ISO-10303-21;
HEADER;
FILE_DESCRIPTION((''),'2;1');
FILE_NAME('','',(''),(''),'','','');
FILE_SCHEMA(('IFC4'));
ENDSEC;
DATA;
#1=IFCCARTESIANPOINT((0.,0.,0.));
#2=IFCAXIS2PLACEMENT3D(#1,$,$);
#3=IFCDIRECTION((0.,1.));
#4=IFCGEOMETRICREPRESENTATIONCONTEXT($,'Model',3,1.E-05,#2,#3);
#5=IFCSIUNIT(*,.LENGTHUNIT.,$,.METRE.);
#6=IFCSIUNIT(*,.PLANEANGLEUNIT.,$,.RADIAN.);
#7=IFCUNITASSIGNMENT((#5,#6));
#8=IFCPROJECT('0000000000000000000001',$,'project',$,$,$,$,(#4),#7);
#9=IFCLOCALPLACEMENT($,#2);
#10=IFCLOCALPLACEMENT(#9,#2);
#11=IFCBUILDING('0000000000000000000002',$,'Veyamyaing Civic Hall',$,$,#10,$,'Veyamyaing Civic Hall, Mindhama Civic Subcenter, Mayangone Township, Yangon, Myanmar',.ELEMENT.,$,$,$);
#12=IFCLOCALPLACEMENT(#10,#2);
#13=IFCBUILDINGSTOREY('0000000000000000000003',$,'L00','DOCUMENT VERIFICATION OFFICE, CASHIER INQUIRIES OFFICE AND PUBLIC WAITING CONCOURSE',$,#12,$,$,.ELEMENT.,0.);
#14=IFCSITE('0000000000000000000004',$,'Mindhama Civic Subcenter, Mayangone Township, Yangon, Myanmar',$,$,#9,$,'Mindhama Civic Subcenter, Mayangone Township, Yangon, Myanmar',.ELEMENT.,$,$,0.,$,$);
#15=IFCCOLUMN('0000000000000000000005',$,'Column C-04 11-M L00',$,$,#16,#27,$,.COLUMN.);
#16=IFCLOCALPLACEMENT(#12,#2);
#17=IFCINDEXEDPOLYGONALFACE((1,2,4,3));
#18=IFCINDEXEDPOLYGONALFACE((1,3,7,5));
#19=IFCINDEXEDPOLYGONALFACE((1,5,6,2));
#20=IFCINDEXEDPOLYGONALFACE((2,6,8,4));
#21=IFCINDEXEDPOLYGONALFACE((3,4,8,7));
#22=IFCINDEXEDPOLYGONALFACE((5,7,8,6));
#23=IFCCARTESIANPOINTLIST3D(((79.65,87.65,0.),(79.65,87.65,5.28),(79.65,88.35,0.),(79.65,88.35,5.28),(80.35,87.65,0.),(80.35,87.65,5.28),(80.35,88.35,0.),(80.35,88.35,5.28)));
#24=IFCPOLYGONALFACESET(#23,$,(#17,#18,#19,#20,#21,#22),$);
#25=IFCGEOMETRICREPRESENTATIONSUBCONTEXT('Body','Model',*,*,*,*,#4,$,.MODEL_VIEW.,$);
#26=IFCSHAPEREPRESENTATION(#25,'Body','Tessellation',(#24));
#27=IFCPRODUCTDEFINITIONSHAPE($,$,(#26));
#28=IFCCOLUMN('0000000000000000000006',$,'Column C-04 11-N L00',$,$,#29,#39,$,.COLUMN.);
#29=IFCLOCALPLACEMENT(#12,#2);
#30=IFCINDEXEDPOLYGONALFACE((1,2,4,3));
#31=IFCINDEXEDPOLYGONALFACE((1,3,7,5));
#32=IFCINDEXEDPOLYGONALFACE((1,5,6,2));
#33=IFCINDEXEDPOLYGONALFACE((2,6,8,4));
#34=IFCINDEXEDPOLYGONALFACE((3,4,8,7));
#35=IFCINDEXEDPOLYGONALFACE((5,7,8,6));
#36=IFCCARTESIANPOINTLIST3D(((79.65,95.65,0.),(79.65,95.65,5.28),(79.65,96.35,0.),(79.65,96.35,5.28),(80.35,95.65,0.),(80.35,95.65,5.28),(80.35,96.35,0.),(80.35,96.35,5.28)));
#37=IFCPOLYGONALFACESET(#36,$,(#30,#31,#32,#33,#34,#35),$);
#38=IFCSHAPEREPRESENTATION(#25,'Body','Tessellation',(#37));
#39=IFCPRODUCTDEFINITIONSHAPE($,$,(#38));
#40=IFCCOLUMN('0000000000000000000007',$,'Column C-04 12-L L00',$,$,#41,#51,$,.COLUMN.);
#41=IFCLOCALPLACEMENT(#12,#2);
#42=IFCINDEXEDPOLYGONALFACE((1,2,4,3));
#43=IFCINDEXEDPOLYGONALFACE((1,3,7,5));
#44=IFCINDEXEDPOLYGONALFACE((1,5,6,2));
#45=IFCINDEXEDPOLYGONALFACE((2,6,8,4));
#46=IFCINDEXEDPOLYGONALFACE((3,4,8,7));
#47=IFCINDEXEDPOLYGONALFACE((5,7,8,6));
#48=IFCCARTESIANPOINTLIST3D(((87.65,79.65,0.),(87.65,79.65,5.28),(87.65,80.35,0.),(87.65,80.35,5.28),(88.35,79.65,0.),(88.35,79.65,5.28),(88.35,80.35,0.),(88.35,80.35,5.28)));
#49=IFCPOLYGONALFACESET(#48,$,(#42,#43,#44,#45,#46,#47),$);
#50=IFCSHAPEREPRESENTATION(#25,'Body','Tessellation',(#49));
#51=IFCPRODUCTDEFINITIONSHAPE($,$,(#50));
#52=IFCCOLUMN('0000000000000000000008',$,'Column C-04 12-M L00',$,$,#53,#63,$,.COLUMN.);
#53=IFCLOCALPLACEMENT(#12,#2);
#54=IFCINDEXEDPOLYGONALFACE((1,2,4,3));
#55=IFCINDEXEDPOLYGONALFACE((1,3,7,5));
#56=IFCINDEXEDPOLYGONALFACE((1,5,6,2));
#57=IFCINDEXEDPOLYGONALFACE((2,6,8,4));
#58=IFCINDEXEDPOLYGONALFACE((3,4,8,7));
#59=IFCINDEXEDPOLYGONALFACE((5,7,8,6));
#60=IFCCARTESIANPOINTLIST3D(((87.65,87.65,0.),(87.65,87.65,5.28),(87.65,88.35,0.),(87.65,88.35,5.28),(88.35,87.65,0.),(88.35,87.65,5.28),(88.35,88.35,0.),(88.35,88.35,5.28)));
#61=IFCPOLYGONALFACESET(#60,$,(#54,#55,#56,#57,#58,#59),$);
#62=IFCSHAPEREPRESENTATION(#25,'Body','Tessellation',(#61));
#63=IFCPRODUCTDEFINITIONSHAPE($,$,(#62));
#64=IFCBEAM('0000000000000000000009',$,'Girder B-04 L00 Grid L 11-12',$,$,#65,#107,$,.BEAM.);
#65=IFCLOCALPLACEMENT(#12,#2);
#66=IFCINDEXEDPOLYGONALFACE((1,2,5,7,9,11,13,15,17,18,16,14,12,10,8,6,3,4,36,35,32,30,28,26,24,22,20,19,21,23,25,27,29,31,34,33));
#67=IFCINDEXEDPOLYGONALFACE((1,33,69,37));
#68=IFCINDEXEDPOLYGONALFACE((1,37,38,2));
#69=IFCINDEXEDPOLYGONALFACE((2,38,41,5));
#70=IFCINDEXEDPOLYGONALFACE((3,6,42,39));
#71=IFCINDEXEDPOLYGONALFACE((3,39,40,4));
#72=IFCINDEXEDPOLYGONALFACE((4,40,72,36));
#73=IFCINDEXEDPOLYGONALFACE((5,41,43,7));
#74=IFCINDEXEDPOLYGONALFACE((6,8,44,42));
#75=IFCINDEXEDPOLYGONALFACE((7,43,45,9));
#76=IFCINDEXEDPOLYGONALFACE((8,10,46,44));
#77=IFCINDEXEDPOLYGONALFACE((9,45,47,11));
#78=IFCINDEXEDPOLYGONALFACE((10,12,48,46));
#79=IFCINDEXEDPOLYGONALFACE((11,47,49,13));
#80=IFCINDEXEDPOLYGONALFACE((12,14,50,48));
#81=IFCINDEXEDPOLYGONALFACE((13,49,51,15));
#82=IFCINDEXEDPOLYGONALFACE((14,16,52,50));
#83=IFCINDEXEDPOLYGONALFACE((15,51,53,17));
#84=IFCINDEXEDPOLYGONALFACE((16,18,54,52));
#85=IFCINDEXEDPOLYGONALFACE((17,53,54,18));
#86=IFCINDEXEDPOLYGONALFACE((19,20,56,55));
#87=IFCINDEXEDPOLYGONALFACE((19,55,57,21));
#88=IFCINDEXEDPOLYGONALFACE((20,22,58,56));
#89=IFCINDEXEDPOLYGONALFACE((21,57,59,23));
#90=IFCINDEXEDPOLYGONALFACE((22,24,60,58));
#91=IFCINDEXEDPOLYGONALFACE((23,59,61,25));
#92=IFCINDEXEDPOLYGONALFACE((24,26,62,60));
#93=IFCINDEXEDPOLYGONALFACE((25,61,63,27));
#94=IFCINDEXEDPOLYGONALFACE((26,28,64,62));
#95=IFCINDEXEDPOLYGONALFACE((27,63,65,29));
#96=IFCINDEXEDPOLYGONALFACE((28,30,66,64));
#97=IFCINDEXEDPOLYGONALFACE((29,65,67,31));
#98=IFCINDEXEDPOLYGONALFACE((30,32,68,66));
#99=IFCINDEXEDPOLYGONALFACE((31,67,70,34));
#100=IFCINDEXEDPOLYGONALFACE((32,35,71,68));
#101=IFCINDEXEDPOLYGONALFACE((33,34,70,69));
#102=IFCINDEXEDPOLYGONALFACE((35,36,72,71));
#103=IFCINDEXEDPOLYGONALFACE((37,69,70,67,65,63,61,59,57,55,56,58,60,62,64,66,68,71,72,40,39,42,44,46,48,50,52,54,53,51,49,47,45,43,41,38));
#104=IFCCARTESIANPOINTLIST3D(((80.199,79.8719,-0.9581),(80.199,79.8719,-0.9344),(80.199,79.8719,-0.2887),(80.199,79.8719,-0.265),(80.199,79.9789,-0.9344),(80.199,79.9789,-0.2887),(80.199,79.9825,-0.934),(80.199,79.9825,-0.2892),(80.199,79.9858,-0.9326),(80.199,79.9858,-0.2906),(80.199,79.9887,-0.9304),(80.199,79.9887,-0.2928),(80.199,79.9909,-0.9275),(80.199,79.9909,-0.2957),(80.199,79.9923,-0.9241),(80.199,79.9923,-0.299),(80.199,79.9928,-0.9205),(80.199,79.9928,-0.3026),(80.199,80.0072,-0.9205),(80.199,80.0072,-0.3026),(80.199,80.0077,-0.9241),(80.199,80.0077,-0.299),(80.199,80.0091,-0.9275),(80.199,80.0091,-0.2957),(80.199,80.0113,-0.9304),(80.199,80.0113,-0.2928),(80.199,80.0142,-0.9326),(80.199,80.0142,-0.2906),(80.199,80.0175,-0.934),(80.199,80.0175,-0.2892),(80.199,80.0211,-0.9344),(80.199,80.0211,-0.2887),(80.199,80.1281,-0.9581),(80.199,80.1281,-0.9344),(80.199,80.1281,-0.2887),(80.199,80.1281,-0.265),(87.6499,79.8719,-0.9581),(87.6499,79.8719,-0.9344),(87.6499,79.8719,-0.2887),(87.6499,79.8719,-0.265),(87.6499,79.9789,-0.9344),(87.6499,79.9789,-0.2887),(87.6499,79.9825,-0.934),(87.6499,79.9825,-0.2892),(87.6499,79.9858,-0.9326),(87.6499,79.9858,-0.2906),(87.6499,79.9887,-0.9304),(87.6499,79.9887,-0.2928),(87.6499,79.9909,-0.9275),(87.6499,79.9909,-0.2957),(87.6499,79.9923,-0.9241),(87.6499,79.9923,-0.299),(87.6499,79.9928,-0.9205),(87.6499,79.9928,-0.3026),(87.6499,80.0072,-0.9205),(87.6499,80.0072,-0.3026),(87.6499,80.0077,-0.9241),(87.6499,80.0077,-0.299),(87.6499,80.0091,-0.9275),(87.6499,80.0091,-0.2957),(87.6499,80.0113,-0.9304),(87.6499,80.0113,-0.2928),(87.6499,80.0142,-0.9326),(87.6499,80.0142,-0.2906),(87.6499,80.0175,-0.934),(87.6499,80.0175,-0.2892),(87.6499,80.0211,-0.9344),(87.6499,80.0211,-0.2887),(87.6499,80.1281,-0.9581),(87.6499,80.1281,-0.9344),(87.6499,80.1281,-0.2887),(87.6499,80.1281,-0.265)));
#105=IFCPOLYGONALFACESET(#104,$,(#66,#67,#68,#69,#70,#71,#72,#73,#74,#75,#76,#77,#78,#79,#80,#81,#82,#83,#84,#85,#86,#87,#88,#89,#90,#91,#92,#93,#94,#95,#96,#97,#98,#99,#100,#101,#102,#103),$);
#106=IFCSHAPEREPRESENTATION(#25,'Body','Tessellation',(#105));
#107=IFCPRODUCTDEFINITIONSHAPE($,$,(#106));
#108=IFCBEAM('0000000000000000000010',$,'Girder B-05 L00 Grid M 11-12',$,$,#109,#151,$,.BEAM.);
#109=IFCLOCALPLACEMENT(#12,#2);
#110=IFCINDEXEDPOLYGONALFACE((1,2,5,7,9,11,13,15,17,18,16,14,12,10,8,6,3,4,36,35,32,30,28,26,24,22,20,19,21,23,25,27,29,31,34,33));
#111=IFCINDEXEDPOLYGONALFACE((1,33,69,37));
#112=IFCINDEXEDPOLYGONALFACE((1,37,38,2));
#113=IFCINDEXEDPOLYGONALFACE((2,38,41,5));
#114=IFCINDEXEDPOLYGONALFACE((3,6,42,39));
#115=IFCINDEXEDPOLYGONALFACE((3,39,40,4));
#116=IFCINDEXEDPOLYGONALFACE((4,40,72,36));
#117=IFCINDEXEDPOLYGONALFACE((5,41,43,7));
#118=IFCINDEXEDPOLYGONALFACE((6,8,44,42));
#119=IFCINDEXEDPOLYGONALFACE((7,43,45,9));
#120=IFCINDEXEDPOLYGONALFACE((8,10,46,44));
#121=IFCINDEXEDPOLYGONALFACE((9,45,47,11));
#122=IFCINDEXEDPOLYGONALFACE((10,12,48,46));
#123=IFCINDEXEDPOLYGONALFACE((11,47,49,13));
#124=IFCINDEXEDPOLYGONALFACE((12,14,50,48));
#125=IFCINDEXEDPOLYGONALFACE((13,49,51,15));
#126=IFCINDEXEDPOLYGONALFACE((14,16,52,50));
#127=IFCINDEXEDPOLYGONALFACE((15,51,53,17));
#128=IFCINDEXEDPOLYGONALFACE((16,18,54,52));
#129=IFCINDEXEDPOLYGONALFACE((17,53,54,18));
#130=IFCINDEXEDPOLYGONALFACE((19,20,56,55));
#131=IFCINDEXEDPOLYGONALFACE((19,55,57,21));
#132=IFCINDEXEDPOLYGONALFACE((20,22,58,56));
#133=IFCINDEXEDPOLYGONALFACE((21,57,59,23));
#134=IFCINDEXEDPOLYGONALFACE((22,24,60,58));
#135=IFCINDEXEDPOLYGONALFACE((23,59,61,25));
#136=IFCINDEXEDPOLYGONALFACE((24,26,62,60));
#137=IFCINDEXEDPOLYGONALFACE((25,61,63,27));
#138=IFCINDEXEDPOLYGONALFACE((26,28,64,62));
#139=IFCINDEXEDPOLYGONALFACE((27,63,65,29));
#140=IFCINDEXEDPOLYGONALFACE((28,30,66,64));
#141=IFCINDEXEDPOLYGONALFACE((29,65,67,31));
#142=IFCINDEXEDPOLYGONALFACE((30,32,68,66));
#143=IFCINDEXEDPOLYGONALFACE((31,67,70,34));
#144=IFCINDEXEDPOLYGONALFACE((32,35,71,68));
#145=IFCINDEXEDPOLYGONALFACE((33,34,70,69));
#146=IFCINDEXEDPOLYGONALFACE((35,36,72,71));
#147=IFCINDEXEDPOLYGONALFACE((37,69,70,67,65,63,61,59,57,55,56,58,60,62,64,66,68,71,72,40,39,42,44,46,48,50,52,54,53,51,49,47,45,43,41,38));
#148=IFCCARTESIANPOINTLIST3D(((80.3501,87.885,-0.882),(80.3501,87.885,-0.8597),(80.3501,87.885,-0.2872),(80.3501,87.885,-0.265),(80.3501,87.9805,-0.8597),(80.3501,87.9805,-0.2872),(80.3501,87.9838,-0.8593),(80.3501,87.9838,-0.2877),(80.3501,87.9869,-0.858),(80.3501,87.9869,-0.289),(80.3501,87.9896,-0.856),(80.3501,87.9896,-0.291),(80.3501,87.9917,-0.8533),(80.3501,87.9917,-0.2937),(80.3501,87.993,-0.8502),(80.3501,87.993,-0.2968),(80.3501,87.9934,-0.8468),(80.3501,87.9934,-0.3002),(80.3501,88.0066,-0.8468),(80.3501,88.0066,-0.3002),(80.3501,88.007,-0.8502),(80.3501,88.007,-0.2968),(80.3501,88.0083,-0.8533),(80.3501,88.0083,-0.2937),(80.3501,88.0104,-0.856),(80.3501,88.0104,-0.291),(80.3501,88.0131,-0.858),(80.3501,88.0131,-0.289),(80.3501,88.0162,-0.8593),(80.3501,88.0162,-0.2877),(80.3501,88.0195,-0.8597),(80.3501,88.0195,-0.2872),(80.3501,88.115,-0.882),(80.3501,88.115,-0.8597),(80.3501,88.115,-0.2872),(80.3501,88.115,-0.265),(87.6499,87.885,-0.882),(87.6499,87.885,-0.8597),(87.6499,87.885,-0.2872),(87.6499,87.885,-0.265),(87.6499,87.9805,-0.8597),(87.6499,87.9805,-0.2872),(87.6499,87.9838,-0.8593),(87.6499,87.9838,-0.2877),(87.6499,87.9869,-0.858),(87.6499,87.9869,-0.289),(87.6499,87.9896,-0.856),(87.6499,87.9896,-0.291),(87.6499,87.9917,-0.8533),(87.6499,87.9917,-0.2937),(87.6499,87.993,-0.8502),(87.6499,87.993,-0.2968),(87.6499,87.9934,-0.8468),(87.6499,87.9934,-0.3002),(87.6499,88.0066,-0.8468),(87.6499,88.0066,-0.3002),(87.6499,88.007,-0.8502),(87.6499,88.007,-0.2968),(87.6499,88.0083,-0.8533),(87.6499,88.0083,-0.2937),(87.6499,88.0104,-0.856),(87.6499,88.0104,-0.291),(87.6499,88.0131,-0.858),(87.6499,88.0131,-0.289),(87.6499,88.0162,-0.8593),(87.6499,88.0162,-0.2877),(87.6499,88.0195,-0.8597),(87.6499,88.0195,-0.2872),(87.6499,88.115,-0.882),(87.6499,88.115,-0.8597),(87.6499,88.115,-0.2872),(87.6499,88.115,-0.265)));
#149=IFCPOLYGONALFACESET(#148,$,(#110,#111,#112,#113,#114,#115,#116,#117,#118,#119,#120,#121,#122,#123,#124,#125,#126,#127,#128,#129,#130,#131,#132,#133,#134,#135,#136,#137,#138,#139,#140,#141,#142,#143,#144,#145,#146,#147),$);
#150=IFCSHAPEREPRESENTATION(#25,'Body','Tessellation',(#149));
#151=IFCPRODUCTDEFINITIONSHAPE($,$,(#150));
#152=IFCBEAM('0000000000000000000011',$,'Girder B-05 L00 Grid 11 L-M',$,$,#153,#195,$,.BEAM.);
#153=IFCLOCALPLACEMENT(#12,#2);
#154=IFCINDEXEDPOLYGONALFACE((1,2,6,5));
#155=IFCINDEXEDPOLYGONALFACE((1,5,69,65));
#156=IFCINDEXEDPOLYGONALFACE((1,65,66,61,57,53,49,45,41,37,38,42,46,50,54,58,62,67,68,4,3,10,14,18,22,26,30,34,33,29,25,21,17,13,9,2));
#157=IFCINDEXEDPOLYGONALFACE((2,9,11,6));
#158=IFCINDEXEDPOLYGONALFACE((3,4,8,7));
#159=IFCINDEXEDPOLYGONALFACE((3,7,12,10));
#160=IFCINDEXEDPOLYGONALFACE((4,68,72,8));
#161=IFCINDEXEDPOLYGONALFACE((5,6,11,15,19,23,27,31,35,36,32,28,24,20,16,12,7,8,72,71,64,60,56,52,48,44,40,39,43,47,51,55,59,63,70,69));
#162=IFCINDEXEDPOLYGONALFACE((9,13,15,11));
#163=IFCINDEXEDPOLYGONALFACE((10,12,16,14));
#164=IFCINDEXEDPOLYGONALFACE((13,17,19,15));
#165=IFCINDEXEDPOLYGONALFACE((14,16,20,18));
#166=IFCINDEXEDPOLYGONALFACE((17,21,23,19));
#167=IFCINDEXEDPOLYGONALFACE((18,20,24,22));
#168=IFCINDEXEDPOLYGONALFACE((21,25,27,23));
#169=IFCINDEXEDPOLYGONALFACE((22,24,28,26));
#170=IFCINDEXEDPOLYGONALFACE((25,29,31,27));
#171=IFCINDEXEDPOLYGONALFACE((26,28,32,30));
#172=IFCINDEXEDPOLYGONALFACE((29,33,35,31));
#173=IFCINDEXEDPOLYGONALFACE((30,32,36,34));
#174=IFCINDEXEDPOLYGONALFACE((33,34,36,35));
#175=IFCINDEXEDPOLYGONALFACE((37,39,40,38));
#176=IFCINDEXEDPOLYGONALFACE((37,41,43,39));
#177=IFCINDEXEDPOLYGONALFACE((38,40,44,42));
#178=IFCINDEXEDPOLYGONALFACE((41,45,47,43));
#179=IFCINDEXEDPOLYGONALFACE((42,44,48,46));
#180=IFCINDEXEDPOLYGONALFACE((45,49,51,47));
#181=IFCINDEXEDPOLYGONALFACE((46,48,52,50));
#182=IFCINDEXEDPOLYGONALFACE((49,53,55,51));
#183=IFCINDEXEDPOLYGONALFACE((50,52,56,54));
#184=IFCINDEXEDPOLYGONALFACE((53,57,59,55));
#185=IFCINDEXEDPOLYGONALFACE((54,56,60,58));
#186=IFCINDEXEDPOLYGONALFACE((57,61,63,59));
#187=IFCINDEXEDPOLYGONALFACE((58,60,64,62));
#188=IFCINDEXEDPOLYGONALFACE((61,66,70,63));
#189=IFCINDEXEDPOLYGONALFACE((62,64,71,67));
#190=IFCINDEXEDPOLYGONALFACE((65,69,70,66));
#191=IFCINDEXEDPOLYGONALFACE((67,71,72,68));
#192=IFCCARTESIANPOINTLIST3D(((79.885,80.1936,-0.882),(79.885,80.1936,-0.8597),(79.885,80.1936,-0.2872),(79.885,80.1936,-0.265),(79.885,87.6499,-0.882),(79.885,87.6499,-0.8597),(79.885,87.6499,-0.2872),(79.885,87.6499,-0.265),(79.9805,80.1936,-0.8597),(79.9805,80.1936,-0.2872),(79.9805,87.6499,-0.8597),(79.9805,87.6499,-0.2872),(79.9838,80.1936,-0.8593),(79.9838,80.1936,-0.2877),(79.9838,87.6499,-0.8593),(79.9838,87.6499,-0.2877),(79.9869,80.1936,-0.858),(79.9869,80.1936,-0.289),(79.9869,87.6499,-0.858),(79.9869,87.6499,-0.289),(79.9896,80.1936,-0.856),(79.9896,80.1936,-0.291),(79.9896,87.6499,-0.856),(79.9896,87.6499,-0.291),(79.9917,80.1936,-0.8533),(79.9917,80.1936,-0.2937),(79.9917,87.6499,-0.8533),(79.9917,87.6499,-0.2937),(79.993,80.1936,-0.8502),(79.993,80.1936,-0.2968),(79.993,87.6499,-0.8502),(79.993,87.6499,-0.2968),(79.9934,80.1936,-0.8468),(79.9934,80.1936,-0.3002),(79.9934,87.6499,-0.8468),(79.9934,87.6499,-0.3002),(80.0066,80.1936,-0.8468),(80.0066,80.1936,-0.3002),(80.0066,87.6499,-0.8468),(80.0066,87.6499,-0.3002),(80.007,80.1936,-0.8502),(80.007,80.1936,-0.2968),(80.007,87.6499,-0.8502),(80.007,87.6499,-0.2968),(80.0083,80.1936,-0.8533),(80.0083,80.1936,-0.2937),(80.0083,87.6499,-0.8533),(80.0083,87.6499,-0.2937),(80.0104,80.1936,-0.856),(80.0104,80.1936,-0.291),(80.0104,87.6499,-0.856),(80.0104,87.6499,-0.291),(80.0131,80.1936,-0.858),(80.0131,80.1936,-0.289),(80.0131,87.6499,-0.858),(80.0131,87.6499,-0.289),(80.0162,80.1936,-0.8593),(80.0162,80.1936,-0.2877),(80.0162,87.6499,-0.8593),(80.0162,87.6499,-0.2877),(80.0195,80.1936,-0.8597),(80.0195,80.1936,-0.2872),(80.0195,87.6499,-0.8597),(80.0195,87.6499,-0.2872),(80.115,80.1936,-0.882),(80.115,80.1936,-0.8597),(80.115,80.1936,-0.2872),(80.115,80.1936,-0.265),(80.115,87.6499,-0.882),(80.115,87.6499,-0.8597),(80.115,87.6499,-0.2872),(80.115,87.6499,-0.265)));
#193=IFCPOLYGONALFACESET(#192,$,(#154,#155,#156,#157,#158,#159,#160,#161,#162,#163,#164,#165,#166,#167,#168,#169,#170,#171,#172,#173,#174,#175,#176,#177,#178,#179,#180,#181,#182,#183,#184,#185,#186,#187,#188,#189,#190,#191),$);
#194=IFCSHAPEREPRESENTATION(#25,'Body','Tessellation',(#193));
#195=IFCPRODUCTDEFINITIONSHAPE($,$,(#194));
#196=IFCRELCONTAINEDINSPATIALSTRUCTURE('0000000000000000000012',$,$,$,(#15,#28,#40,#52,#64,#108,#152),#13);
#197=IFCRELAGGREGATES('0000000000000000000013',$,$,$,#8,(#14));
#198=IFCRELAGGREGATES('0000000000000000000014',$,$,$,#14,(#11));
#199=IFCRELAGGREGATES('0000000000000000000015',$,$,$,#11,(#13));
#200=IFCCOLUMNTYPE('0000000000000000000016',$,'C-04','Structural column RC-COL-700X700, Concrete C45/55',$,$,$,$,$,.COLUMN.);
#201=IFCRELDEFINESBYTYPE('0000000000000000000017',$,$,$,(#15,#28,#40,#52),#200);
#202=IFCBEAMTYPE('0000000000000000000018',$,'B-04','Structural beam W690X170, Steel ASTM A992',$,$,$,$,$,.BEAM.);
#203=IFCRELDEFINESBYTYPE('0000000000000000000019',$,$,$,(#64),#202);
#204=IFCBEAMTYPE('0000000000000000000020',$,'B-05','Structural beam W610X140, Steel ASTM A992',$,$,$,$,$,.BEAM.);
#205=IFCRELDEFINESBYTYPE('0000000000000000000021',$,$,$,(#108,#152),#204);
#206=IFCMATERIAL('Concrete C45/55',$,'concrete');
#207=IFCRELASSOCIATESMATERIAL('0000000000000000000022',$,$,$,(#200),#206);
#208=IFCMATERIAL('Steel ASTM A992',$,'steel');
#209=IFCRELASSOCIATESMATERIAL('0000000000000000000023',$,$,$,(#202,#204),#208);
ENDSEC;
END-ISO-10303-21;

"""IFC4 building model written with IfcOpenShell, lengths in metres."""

from ifc_helpers import new_model, si_unit, direction, frame, origin, origin_2d, place, context, subcontext, project, spatial, rectangle, i_section, extrude, material, material_profile, profile_set, type_object, element, save


model = new_model("IFC4")

# Units and contexts
model_context = context("Model", 3, precision=1e-05, world=origin(), true_north=direction((0.0, 1.0)))
body_context = subcontext(model_context, "Body", "Model", "MODEL_VIEW")
ifc_project = project(units=[si_unit("LENGTHUNIT", "METRE"), si_unit("PLANEANGLEUNIT", "RADIAN")], contexts=[model_context])

# Site, building, storey
site_placement = place(None, origin())
site = spatial("IfcSite", under=ifc_project, at=site_placement, Name="Mindhama Civic Subcenter, Mayangone Township, Yangon, Myanmar", LongName="Mindhama Civic Subcenter, Mayangone Township, Yangon, Myanmar", CompositionType="ELEMENT", RefElevation=0.0)
building_placement = place(site_placement, origin())
building = spatial("IfcBuilding", under=site, at=building_placement, Name="Veyamyaing Civic Hall", LongName="Veyamyaing Civic Hall, Mindhama Civic Subcenter, Mayangone Township, Yangon, Myanmar", CompositionType="ELEMENT")
storey_placement = place(building_placement, origin())
storey = spatial("IfcBuildingStorey", under=building, at=storey_placement, Name="L00", Description="DOCUMENT VERIFICATION OFFICE, CASHIER INQUIRIES OFFICE AND PUBLIC WAITING CONCOURSE", CompositionType="ELEMENT", Elevation=0.0)

# Columns
ifc_material_1 = material(Name="Concrete C45/55", Category="concrete")
ifc_material_profile_1 = material_profile(ifc_material_1, rectangle(XDim=0.7, YDim=0.7, at=origin_2d()), Name="RC-COL-700X700")
ifc_profile_set_1 = profile_set([ifc_material_profile_1], Name="Concrete C45/55")
column_type = type_object("IfcColumnType", Name="C-04", Description="Structural column RC-COL-700X700, Concrete C45/55", PredefinedType="COLUMN", material=ifc_profile_set_1)
for number, where, z_axis, x_axis, name in (
    (1, (80.0, 88.0, 0.0), (0.0, 0.0, 1.0), (1.0, 0.0, 0.0), "Column C-04 11-M L00"),
    (2, (80.0, 96.0, 0.0), (0.0, 0.0, 1.0), (1.0, 0.0, 0.0), "Column C-04 11-N L00"),
    (3, (88.0, 80.0, 0.0), (0.0, 0.0, 1.0), (1.0, 0.0, 0.0), "Column C-04 12-L L00"),
    (4, (88.0, 88.0, 0.0), (0.0, 0.0, 1.0), (1.0, 0.0, 0.0), "Column C-04 12-M L00"),
):
    element("IfcColumn", number, at=place(storey_placement, frame(where, z_axis=z_axis, x_axis=x_axis)), inside=storey, type_object=column_type, Name=name, PredefinedType="COLUMN", context=body_context, shape_type="SweptSolid", body=[
        extrude(rectangle(XDim=0.7, YDim=0.7, at=origin_2d()), origin(), (0.0, 0.0, 1.0), 5.28),
    ])

# Beams
ifc_material_2 = material(Name="Steel ASTM A992", Category="steel")
ifc_material_profile_2 = material_profile(ifc_material_2, i_section(OverallWidth=0.2561, OverallDepth=0.6931, WebThickness=0.0144, FlangeThickness=0.0237, FilletRadius=0.0139, at=origin_2d()), Name="W690X170")
ifc_profile_set_2 = profile_set([ifc_material_profile_2], Name="Steel ASTM A992")
beam_type_1 = type_object("IfcBeamType", Name="B-04", Description="Structural beam W690X170, Steel ASTM A992", PredefinedType="BEAM", material=ifc_profile_set_2)
beam_1_placement = place(storey_placement, frame((80.199, 80.0, -0.6116), z_axis=(1.0, 0.0, 0.0), x_axis=(0.0, 1.0, 0.0)))
element("IfcBeam", 5, at=beam_1_placement, inside=storey, type_object=beam_type_1, Name="Girder B-04 L00 Grid L 11-12", PredefinedType="BEAM", context=body_context, shape_type="SweptSolid", body=[
    extrude(i_section(OverallWidth=0.2561, OverallDepth=0.6931, WebThickness=0.0144, FlangeThickness=0.0237, FilletRadius=0.0139, at=origin_2d()), origin(), (0.0, 0.0, 1.0), 7.4509),
])
ifc_material_profile_3 = material_profile(ifc_material_2, i_section(OverallWidth=0.23, OverallDepth=0.6169, WebThickness=0.0132, FlangeThickness=0.0222, FilletRadius=0.0129, at=origin_2d()), Name="W610X140")
ifc_profile_set_3 = profile_set([ifc_material_profile_3], Name="Steel ASTM A992")
beam_type_2 = type_object("IfcBeamType", Name="B-05", Description="Structural beam W610X140, Steel ASTM A992", PredefinedType="BEAM", material=ifc_profile_set_3)
beam_2_placement = place(storey_placement, frame((80.3501, 88.0, -0.5735), z_axis=(1.0, 0.0, 0.0), x_axis=(0.0, 1.0, 0.0)))
element("IfcBeam", 6, at=beam_2_placement, inside=storey, type_object=beam_type_2, Name="Girder B-05 L00 Grid M 11-12", PredefinedType="BEAM", context=body_context, shape_type="SweptSolid", body=[
    extrude(i_section(OverallWidth=0.23, OverallDepth=0.6169, WebThickness=0.0132, FlangeThickness=0.0222, FilletRadius=0.0129, at=origin_2d()), origin(), (0.0, 0.0, 1.0), 7.2998),
])
beam_3_placement = place(storey_placement, frame((80.0, 80.1936, -0.5735), z_axis=(0.0, 1.0, 0.0), x_axis=(-1.0, 0.0, 0.0)))
element("IfcBeam", 7, at=beam_3_placement, inside=storey, type_object=beam_type_2, Name="Girder B-05 L00 Grid 11 L-M", PredefinedType="BEAM", context=body_context, shape_type="SweptSolid", body=[
    extrude(i_section(OverallWidth=0.23, OverallDepth=0.6169, WebThickness=0.0132, FlangeThickness=0.0222, FilletRadius=0.0129, at=origin_2d()), origin(), (0.0, 0.0, 1.0), 7.4563),
])

save(model, "model.ifc")
